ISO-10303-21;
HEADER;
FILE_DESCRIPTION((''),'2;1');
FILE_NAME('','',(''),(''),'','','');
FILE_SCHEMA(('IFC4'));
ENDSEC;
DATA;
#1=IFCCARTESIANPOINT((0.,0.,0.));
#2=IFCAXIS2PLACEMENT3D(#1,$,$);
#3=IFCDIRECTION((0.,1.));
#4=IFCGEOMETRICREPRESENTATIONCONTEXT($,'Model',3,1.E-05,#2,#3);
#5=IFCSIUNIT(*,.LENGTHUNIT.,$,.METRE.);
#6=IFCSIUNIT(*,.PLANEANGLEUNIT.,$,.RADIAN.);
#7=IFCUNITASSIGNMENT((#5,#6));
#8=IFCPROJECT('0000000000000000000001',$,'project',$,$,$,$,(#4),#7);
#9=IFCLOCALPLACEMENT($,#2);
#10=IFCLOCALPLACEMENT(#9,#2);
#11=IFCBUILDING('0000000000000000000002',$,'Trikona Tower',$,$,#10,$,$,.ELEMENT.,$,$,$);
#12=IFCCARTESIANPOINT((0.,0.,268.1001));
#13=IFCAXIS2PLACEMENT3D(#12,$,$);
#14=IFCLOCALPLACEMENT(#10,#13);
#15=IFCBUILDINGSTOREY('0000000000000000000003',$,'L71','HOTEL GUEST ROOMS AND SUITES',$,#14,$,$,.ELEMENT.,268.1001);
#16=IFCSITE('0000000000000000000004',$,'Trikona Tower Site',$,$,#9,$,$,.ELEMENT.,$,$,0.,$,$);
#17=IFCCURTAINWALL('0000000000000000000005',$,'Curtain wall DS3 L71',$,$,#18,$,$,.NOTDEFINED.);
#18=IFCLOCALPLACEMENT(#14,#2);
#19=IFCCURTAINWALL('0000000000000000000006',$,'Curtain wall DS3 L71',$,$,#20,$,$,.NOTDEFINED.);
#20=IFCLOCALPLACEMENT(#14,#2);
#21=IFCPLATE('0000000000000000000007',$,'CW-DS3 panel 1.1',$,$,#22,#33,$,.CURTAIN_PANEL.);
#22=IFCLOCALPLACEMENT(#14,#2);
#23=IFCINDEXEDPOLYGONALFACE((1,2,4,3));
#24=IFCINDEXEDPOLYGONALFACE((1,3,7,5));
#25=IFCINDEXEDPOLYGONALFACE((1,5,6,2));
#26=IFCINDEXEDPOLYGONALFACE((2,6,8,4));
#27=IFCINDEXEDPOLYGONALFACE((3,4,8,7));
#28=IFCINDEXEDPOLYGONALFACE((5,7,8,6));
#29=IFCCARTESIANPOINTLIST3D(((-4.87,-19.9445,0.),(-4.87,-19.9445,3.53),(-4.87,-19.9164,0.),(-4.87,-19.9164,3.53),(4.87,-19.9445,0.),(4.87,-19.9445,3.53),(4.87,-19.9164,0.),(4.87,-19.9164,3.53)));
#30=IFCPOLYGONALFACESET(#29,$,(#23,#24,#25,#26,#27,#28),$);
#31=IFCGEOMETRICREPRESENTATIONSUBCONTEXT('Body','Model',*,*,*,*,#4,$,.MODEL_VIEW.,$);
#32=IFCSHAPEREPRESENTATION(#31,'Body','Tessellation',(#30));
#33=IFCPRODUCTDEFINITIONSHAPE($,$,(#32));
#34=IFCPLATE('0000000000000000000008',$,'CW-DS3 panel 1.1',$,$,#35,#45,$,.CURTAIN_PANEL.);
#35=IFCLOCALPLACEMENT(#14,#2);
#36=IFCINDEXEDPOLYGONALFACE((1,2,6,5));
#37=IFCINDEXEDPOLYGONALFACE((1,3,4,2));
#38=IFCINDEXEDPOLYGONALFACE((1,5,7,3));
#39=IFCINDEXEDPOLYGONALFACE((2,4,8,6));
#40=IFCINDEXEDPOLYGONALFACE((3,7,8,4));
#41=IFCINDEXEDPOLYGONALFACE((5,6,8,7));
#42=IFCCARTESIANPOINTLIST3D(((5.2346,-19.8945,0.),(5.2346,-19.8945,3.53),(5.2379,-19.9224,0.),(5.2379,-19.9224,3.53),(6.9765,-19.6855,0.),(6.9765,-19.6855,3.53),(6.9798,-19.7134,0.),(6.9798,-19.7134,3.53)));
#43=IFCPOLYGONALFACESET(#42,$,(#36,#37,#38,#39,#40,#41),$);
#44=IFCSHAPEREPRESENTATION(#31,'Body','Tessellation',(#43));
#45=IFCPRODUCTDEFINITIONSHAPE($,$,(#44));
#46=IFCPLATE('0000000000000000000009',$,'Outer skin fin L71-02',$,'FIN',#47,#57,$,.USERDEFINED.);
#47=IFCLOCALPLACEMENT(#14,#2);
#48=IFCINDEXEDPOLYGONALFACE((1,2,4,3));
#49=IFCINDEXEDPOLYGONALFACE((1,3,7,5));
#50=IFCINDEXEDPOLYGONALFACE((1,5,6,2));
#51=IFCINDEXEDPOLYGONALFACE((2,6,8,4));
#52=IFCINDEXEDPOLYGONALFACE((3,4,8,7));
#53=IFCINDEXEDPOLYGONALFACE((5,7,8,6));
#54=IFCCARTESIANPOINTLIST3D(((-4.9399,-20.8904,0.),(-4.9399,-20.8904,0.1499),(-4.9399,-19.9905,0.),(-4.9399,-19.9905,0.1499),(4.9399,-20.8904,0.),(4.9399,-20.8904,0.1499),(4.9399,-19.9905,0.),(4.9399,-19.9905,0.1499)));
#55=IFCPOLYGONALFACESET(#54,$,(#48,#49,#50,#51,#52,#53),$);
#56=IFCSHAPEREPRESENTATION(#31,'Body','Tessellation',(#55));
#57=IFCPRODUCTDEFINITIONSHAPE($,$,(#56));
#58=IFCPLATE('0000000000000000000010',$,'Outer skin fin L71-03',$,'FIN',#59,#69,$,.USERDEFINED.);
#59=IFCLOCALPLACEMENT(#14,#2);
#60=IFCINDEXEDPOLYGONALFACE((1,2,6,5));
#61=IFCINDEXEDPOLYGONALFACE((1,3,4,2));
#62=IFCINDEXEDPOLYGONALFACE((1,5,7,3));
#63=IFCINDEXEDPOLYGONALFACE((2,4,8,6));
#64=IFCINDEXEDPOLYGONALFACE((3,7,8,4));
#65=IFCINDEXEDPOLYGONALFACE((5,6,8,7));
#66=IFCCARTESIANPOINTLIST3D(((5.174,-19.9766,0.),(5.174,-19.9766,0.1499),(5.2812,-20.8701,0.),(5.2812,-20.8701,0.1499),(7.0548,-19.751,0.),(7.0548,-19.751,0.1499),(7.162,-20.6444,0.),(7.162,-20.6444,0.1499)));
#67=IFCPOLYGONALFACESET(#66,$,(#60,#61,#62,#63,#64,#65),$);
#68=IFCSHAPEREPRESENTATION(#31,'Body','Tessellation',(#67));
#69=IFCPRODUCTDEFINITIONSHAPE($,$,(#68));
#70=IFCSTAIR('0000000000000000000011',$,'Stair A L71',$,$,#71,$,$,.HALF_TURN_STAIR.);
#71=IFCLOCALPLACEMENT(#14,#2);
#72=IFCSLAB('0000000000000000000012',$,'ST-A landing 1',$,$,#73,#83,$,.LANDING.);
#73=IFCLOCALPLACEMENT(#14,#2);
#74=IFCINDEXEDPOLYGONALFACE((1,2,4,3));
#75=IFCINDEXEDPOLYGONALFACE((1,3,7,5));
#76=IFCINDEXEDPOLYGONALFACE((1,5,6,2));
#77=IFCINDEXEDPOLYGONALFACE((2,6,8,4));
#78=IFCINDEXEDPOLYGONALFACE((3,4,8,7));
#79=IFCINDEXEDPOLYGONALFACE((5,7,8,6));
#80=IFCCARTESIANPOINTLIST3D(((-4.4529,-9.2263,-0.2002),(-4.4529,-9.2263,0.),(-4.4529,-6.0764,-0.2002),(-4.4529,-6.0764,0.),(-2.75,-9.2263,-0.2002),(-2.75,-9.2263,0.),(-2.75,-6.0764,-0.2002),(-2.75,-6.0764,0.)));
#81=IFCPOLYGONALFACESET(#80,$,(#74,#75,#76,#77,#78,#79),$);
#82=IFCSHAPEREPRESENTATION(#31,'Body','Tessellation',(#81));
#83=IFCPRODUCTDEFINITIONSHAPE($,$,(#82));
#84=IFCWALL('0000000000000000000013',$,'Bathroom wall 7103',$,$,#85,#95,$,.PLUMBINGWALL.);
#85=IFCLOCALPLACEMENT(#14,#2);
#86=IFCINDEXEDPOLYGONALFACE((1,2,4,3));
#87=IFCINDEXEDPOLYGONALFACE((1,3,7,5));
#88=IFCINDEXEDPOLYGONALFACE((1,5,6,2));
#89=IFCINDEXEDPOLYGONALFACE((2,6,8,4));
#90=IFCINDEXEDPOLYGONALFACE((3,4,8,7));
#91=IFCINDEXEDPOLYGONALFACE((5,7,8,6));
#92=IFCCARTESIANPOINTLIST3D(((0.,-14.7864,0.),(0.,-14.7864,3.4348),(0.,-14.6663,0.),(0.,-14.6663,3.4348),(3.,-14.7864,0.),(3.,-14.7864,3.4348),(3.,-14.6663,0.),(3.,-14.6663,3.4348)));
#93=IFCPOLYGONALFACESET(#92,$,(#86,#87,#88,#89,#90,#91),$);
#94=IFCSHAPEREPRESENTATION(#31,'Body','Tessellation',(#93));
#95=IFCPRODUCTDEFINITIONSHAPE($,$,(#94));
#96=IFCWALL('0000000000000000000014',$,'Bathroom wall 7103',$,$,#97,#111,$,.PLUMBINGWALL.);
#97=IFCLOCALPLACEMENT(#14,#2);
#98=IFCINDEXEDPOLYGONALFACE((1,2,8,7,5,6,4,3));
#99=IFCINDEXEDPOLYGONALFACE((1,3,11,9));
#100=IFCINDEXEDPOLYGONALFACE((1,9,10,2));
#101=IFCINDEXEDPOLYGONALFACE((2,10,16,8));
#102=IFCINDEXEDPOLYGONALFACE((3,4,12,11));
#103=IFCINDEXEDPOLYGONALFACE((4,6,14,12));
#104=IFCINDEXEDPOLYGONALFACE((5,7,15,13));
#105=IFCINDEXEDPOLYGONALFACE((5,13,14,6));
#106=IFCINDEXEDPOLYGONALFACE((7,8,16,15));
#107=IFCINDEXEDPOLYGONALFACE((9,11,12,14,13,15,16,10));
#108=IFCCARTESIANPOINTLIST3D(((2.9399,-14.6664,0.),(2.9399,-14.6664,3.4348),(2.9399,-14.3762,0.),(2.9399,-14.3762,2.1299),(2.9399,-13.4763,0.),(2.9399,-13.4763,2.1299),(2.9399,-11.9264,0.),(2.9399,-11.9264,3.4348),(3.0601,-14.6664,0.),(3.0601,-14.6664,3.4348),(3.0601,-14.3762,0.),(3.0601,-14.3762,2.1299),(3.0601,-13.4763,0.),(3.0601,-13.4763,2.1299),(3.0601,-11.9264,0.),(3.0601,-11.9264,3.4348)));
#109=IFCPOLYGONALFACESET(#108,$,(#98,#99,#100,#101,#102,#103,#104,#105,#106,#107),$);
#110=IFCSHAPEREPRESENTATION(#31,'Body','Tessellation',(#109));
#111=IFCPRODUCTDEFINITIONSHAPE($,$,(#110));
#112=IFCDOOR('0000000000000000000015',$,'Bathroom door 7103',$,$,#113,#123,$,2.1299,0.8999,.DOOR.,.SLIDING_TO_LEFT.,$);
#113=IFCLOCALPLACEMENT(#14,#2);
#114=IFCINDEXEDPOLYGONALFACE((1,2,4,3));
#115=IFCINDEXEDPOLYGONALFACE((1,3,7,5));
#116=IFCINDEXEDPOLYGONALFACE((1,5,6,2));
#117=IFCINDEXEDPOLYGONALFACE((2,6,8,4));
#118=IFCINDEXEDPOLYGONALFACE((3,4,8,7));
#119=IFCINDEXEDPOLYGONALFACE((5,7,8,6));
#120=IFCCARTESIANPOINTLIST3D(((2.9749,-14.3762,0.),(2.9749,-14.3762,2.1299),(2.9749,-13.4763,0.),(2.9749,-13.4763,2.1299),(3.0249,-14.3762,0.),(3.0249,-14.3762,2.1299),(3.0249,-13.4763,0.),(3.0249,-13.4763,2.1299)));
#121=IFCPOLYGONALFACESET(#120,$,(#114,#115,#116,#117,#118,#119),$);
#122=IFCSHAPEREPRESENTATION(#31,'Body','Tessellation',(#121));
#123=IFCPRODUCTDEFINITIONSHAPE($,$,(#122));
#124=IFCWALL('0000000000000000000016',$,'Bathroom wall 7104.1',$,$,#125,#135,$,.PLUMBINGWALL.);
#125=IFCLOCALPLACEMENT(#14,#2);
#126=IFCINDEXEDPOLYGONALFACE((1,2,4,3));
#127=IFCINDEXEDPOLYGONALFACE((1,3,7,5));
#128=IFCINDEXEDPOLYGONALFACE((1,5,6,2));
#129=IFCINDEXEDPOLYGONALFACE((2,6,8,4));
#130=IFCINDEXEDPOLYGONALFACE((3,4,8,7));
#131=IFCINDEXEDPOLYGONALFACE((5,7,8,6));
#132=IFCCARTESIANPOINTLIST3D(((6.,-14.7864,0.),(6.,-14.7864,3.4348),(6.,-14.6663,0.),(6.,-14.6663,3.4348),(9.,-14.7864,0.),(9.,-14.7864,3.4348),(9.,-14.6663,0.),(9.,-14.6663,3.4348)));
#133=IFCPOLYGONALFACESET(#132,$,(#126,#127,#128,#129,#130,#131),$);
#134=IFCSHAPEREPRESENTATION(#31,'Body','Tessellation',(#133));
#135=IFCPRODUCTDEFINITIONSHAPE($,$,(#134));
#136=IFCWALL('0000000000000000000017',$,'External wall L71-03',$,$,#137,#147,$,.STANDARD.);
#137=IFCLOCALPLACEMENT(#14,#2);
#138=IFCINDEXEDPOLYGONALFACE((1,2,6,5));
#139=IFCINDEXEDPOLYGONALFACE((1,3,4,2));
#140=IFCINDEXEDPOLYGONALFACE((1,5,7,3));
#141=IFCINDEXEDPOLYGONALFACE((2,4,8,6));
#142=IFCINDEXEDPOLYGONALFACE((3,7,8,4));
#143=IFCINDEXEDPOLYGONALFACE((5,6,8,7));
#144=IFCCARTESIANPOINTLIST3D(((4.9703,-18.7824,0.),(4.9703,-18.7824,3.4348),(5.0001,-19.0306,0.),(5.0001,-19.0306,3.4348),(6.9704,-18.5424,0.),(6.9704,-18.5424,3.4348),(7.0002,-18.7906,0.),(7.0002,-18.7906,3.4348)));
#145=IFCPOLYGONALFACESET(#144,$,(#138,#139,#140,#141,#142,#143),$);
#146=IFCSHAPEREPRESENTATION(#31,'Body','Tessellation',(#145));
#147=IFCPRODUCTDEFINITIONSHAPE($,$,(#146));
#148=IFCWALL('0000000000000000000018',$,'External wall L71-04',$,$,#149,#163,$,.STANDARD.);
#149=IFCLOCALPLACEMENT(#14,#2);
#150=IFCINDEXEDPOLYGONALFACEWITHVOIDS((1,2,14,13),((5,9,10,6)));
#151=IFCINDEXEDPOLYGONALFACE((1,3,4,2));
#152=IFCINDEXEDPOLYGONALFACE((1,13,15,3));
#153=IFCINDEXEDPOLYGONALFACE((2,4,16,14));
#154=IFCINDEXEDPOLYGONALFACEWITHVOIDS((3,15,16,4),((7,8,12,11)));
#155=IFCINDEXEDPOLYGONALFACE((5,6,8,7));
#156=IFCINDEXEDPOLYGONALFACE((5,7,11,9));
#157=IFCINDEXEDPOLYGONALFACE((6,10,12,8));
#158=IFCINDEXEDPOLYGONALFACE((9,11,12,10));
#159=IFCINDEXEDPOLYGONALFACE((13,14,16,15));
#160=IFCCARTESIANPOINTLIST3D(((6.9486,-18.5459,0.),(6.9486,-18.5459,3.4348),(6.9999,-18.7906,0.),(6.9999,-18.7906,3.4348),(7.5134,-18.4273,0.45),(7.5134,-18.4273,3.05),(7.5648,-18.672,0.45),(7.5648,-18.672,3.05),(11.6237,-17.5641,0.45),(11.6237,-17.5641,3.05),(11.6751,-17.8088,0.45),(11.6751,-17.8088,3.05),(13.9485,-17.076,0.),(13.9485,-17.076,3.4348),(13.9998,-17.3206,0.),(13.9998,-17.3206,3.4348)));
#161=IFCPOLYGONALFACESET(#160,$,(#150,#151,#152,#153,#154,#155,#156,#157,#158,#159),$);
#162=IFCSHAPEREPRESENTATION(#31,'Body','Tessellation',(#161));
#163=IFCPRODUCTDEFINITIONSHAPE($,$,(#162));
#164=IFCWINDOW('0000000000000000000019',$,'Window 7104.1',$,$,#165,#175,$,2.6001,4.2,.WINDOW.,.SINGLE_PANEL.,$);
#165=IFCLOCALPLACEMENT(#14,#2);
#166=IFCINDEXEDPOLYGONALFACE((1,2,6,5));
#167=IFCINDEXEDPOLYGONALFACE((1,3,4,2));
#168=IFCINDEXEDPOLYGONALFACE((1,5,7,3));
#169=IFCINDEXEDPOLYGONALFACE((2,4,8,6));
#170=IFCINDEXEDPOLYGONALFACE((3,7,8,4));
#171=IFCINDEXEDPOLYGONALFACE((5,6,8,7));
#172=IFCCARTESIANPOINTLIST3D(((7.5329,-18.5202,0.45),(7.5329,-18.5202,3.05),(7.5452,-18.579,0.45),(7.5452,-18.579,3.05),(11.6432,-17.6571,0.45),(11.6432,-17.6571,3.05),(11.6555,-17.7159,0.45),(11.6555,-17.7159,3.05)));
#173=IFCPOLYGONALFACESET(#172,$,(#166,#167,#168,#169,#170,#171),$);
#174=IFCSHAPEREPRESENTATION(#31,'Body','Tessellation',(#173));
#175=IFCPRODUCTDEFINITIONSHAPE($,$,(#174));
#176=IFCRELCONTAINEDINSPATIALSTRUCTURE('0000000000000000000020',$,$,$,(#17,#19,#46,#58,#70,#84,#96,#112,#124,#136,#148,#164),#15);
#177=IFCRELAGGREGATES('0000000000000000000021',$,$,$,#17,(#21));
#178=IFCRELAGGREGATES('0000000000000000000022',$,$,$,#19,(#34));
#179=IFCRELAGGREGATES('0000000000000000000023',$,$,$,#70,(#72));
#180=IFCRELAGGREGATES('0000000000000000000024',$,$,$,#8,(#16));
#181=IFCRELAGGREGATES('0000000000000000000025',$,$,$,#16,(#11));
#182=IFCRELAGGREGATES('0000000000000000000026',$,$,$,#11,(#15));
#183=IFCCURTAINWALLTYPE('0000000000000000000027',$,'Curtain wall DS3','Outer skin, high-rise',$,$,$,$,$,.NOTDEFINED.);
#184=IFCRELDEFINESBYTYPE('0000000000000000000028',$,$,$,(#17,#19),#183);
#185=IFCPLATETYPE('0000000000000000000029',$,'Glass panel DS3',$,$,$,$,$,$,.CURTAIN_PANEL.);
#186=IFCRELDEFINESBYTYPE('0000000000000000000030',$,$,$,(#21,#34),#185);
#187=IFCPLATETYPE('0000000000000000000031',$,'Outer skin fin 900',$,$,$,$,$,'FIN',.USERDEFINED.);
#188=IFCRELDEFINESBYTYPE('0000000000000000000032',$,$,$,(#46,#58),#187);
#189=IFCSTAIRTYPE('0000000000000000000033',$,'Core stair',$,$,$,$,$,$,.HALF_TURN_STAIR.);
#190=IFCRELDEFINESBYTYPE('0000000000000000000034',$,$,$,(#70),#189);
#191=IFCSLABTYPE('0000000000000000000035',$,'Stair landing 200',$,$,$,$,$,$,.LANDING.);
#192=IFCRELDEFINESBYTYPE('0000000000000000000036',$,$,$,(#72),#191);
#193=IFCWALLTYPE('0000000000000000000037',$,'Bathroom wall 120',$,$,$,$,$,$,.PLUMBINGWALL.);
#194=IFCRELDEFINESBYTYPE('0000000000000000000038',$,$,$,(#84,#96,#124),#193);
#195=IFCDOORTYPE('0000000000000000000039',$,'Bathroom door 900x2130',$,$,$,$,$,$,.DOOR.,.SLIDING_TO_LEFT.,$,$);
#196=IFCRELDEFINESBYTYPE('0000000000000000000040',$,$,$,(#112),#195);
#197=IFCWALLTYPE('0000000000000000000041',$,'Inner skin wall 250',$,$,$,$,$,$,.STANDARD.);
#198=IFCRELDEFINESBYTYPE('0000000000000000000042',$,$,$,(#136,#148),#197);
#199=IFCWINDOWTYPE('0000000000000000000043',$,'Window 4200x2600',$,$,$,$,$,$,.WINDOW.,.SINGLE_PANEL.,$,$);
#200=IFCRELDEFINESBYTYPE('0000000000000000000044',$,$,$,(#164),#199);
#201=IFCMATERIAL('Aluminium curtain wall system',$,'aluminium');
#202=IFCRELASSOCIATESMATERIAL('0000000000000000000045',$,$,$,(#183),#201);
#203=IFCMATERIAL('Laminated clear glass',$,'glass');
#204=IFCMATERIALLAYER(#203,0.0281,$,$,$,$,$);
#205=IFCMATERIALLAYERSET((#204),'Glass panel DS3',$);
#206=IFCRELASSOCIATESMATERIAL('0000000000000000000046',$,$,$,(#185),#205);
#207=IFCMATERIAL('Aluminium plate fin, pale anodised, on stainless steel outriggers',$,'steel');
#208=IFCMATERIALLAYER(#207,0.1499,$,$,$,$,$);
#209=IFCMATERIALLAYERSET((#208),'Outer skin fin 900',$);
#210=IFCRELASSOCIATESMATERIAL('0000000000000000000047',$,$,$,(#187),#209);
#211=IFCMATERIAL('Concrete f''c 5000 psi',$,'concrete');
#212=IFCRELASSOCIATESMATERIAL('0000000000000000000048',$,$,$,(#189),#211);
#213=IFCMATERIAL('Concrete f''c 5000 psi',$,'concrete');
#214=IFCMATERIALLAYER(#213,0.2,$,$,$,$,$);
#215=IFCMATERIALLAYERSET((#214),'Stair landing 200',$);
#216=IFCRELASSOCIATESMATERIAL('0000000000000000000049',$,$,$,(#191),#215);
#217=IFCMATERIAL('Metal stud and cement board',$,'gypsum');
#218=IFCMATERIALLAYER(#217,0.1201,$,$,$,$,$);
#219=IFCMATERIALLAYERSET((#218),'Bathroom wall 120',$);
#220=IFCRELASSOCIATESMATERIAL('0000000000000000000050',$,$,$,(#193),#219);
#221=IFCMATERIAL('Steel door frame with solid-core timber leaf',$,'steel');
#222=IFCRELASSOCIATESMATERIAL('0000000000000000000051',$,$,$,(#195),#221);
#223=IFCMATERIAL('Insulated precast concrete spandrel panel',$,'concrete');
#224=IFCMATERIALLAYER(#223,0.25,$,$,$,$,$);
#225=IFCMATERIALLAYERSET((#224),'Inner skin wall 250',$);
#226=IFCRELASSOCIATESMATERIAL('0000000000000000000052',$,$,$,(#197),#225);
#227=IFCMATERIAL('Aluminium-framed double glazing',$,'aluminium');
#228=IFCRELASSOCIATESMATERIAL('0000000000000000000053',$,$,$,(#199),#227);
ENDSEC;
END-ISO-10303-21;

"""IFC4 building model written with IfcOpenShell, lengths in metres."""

from ifc_helpers import new_model, si_unit, direction, frame, frame_2d, origin, origin_2d, place, context, subcontext, project, spatial, polyline, rectangle, outline, extrude, material, layer, layer_set, type_object, element, fill, aggregate, save


model = new_model("IFC4")

# Units and contexts
model_context = context("Model", 3, precision=1e-05, world=origin(), true_north=direction((0.0, 1.0)))
body_context = subcontext(model_context, "Body", "Model", "MODEL_VIEW")
ifc_project = project(units=[si_unit("LENGTHUNIT", "METRE"), si_unit("PLANEANGLEUNIT", "RADIAN")], contexts=[model_context])

# Site, building, storey
site_placement = place(None, origin())
site = spatial("IfcSite", under=ifc_project, at=site_placement, Name="Trikona Tower Site", CompositionType="ELEMENT", RefElevation=0.0)
building_placement = place(site_placement, origin())
building = spatial("IfcBuilding", under=site, at=building_placement, Name="Trikona Tower", CompositionType="ELEMENT")
storey_placement = place(building_placement, frame((0.0, 0.0, 268.1001)))
storey = spatial("IfcBuildingStorey", under=building, at=storey_placement, Name="L71", Description="HOTEL GUEST ROOMS AND SUITES", CompositionType="ELEMENT", Elevation=268.1001)

# Curtain wall
ifc_material_1 = material(Name="Aluminium curtain wall system", Category="aluminium")
curtain_wall_type = type_object("IfcCurtainWallType", Name="Curtain wall DS3", Description="Outer skin, high-rise", PredefinedType="NOTDEFINED", material=ifc_material_1)
curtain_wall_1_placement = place(storey_placement, origin())
curtain_wall_1 = element("IfcCurtainWall", 1, at=curtain_wall_1_placement, inside=storey, type_object=curtain_wall_type, Name="Curtain wall DS3 L71", PredefinedType="NOTDEFINED")

# Curtain wall
curtain_wall_2_placement = place(storey_placement, origin())
curtain_wall_2 = element("IfcCurtainWall", 2, at=curtain_wall_2_placement, inside=storey, type_object=curtain_wall_type, Name="Curtain wall DS3 L71", PredefinedType="NOTDEFINED")

# Plates
ifc_material_2 = material(Name="Laminated clear glass", Category="glass")
ifc_layer_1 = layer(ifc_material_2, 0.0281)
ifc_layer_set_1 = layer_set([ifc_layer_1], Name="Glass panel DS3")
plate_type_1 = type_object("IfcPlateType", Name="Glass panel DS3", PredefinedType="CURTAIN_PANEL", material=ifc_layer_set_1)
plate_1_placement = place(storey_placement, frame((0.0, -19.9304, 0.0), z_axis=(0.0, 0.0, 1.0), x_axis=(1.0, 0.0, 0.0)))
plate_1 = element("IfcPlate", 3, at=plate_1_placement, type_object=plate_type_1, Name="CW-DS3 panel 1.1", PredefinedType="CURTAIN_PANEL", context=body_context, shape_type="SweptSolid", body=[
    extrude(rectangle(XDim=9.74, YDim=0.0281, at=origin_2d()), origin(), (0.0, 0.0, 1.0), 3.53),
])
aggregate(curtain_wall_1, [plate_1])
plate_2_placement = place(storey_placement, frame((6.1072, -19.804, 0.0), z_axis=(0.0, 0.0, 1.0), x_axis=(0.992877, 0.119141, 0.0)))
plate_2 = element("IfcPlate", 4, at=plate_2_placement, type_object=plate_type_1, Name="CW-DS3 panel 1.1", PredefinedType="CURTAIN_PANEL", context=body_context, shape_type="SweptSolid", body=[
    extrude(rectangle(XDim=1.7544, YDim=0.0281, at=origin_2d()), origin(), (0.0, 0.0, 1.0), 3.53),
])
aggregate(curtain_wall_2, [plate_2])

# Plates
ifc_material_3 = material(Name="Aluminium plate fin, pale anodised, on stainless steel outriggers", Category="steel")
ifc_layer_2 = layer(ifc_material_3, 0.1499)
ifc_layer_set_2 = layer_set([ifc_layer_2], Name="Outer skin fin 900")
plate_type_2 = type_object("IfcPlateType", Name="Outer skin fin 900", ElementType="FIN", PredefinedType="USERDEFINED", material=ifc_layer_set_2)
plate_3_placement = place(storey_placement, frame((0.0, -20.4404, 0.0), z_axis=(0.0, 0.0, 1.0), x_axis=(1.0, 0.0, 0.0)))
element("IfcPlate", 5, at=plate_3_placement, inside=storey, type_object=plate_type_2, Name="Outer skin fin L71-02", ObjectType="FIN", PredefinedType="USERDEFINED", context=body_context, shape_type="SweptSolid", body=[
    extrude(rectangle(XDim=9.8799, YDim=0.8999, at=origin_2d()), origin(), (0.0, 0.0, 1.0), 0.1499),
])
plate_4_placement = place(storey_placement, frame((6.168, -20.3105, 0.0), z_axis=(0.0, 0.0, 1.0), x_axis=(0.992877, 0.119146, 0.0)))
element("IfcPlate", 6, at=plate_4_placement, inside=storey, type_object=plate_type_2, Name="Outer skin fin L71-03", ObjectType="FIN", PredefinedType="USERDEFINED", context=body_context, shape_type="SweptSolid", body=[
    extrude(rectangle(XDim=1.8943, YDim=0.8999, at=origin_2d()), origin(), (0.0, 0.0, 1.0), 0.1499),
])

# Stair, slab
ifc_material_4 = material(Name="Concrete f'c 5000 psi", Category="concrete")
stair_type = type_object("IfcStairType", Name="Core stair", PredefinedType="HALF_TURN_STAIR", material=ifc_material_4)
stair_placement = place(storey_placement, origin())
stair = element("IfcStair", 7, at=stair_placement, inside=storey, type_object=stair_type, Name="Stair A L71", PredefinedType="HALF_TURN_STAIR")
ifc_material_5 = material(Name="Concrete f'c 5000 psi", Category="concrete")
ifc_layer_3 = layer(ifc_material_5, 0.2)
ifc_layer_set_3 = layer_set([ifc_layer_3], Name="Stair landing 200")
slab_type_1 = type_object("IfcSlabType", Name="Stair landing 200", PredefinedType="LANDING", material=ifc_layer_set_3)
slab_1_placement = place(storey_placement, frame((0.0, 0.0, -0.2002)))
slab_1 = element("IfcSlab", 8, at=slab_1_placement, type_object=slab_type_1, Name="ST-A landing 1", PredefinedType="LANDING", context=body_context, shape_type="SweptSolid", body=[
    extrude(outline(polyline([(-4.4529, -6.0764), (-2.75, -6.0764), (-2.75, -9.2263), (-4.4529, -9.2263), (-4.4529, -6.0764)])), origin(), (0.0, 0.0, 1.0), 0.2002),
])
aggregate(stair, [slab_1])

# Wall
ifc_material_6 = material(Name="Metal stud and cement board", Category="gypsum")
ifc_layer_4 = layer(ifc_material_6, 0.1201)
ifc_layer_set_4 = layer_set([ifc_layer_4], Name="Bathroom wall 120")
wall_type_1 = type_object("IfcWallType", Name="Bathroom wall 120", PredefinedType="PLUMBINGWALL", material=ifc_layer_set_4)
wall_1_placement = place(storey_placement, frame((0.0, -14.7263, 0.0), z_axis=(0.0, 0.0, 1.0), x_axis=(1.0, 0.0, 0.0)))
element("IfcWall", 9, at=wall_1_placement, inside=storey, type_object=wall_type_1, Name="Bathroom wall 7103", PredefinedType="PLUMBINGWALL", context=body_context, shape_type="SweptSolid", body=[
    extrude(rectangle(XDim=3.0, YDim=0.1201, at=frame_2d((1.5, 0.0))), origin(), (0.0, 0.0, 1.0), 3.4348),
])

# Wall, opening, door
wall_2_placement = place(storey_placement, frame((3.0, -11.9263, 0.0), z_axis=(0.0, 0.0, 1.0), x_axis=(0.0, -1.0, 0.0)))
wall_2 = element("IfcWall", 10, at=wall_2_placement, inside=storey, type_object=wall_type_1, Name="Bathroom wall 7103", PredefinedType="PLUMBINGWALL", context=body_context, shape_type="SweptSolid", body=[
    extrude(rectangle(XDim=2.74, YDim=0.1201, at=frame_2d((1.3701, 0.0))), origin(), (0.0, 0.0, 1.0), 3.4348),
])
opening_1_placement = place(wall_2_placement, frame((1.55, 0.0, 0.0)))
opening_1 = element("IfcOpeningElement", 11, at=opening_1_placement, cuts=wall_2, PredefinedType="OPENING", context=body_context, shape_type="SweptSolid", body=[
    extrude(rectangle(XDim=0.8999, YDim=2.1299, at=frame_2d((0.45, 1.0649))), frame((0.0, 0.0701, 0.0), z_axis=(0.0, -1.0, 0.0), x_axis=(1.0, 0.0, 0.0)), (0.0, 0.0, 1.0), 0.1401),
])
ifc_material_7 = material(Name="Steel door frame with solid-core timber leaf", Category="steel")
door_type = type_object("IfcDoorType", Name="Bathroom door 900x2130", OperationType="SLIDING_TO_LEFT", PredefinedType="DOOR", material=ifc_material_7)
door_placement = place(opening_1_placement, origin())
door = element("IfcDoor", 12, at=door_placement, inside=storey, type_object=door_type, Name="Bathroom door 7103", OperationType="SLIDING_TO_LEFT", OverallHeight=2.1299, OverallWidth=0.8999, PredefinedType="DOOR", context=body_context, shape_type="SweptSolid", body=[
    extrude(rectangle(XDim=0.8999, YDim=2.1299, at=frame_2d((0.45, 1.0649))), frame((0.0, 0.0249, 0.0), z_axis=(0.0, -1.0, 0.0), x_axis=(1.0, 0.0, 0.0)), (0.0, 0.0, 1.0), 0.05),
])
fill(opening_1, door)

# Walls
wall_3_placement = place(storey_placement, frame((6.0, -14.7263, 0.0), z_axis=(0.0, 0.0, 1.0), x_axis=(1.0, 0.0, 0.0)))
element("IfcWall", 13, at=wall_3_placement, inside=storey, type_object=wall_type_1, Name="Bathroom wall 7104.1", PredefinedType="PLUMBINGWALL", context=body_context, shape_type="SweptSolid", body=[
    extrude(rectangle(XDim=3.0, YDim=0.1201, at=frame_2d((1.5, 0.0))), origin(), (0.0, 0.0, 1.0), 3.4348),
])
ifc_material_8 = material(Name="Insulated precast concrete spandrel panel", Category="concrete")
ifc_layer_5 = layer(ifc_material_8, 0.25)
ifc_layer_set_5 = layer_set([ifc_layer_5], Name="Inner skin wall 250")
wall_type_2 = type_object("IfcWallType", Name="Inner skin wall 250", PredefinedType="STANDARD", material=ifc_layer_set_5)
wall_4_placement = place(storey_placement, frame((4.9851, -18.9065, 0.0), z_axis=(0.0, 0.0, 1.0), x_axis=(0.992877, 0.11914, 0.0)))
element("IfcWall", 14, at=wall_4_placement, inside=storey, type_object=wall_type_2, Name="External wall L71-03", PredefinedType="STANDARD", context=body_context, shape_type="SweptSolid", body=[
    extrude(rectangle(XDim=2.0144, YDim=0.25, at=frame_2d((1.0073, 0.0))), origin(), (0.0, 0.0, 1.0), 3.4348),
])

# Wall, opening, window
wall_5_placement = place(storey_placement, frame((6.9744, -18.6682, 0.0), z_axis=(0.0, 0.0, 1.0), x_axis=(0.978654, 0.205513, 0.0)))
wall_5 = element("IfcWall", 15, at=wall_5_placement, inside=storey, type_object=wall_type_2, Name="External wall L71-04", PredefinedType="STANDARD", context=body_context, shape_type="SweptSolid", body=[
    extrude(rectangle(XDim=7.1526, YDim=0.25, at=frame_2d((3.5762, 0.0))), origin(), (0.0, 0.0, 1.0), 3.4348),
])
opening_2_placement = place(wall_5_placement, frame((0.5769, 0.0, 0.45)))
opening_2 = element("IfcOpeningElement", 16, at=opening_2_placement, cuts=wall_5, PredefinedType="OPENING", context=body_context, shape_type="SweptSolid", body=[
    extrude(rectangle(XDim=4.2, YDim=2.6001, at=frame_2d((2.1001, 1.3))), frame((0.0, 0.135, 0.0), z_axis=(0.0, -1.0, 0.0), x_axis=(1.0, 0.0, 0.0)), (0.0, 0.0, 1.0), 0.27),
])
ifc_material_9 = material(Name="Aluminium-framed double glazing", Category="aluminium")
window_type = type_object("IfcWindowType", Name="Window 4200x2600", PartitioningType="SINGLE_PANEL", PredefinedType="WINDOW", material=ifc_material_9)
window_placement = place(opening_2_placement, origin())
window = element("IfcWindow", 17, at=window_placement, inside=storey, type_object=window_type, Name="Window 7104.1", OverallHeight=2.6001, OverallWidth=4.2, PartitioningType="SINGLE_PANEL", PredefinedType="WINDOW", context=body_context, shape_type="SweptSolid", body=[
    extrude(rectangle(XDim=4.2, YDim=2.6001, at=frame_2d((2.1001, 1.3))), frame((0.0, 0.03, 0.0), z_axis=(0.0, -1.0, 0.0), x_axis=(1.0, 0.0, 0.0)), (0.0, 0.0, 1.0), 0.0601),
])
fill(opening_2, window)

save(model, "model.ifc")
